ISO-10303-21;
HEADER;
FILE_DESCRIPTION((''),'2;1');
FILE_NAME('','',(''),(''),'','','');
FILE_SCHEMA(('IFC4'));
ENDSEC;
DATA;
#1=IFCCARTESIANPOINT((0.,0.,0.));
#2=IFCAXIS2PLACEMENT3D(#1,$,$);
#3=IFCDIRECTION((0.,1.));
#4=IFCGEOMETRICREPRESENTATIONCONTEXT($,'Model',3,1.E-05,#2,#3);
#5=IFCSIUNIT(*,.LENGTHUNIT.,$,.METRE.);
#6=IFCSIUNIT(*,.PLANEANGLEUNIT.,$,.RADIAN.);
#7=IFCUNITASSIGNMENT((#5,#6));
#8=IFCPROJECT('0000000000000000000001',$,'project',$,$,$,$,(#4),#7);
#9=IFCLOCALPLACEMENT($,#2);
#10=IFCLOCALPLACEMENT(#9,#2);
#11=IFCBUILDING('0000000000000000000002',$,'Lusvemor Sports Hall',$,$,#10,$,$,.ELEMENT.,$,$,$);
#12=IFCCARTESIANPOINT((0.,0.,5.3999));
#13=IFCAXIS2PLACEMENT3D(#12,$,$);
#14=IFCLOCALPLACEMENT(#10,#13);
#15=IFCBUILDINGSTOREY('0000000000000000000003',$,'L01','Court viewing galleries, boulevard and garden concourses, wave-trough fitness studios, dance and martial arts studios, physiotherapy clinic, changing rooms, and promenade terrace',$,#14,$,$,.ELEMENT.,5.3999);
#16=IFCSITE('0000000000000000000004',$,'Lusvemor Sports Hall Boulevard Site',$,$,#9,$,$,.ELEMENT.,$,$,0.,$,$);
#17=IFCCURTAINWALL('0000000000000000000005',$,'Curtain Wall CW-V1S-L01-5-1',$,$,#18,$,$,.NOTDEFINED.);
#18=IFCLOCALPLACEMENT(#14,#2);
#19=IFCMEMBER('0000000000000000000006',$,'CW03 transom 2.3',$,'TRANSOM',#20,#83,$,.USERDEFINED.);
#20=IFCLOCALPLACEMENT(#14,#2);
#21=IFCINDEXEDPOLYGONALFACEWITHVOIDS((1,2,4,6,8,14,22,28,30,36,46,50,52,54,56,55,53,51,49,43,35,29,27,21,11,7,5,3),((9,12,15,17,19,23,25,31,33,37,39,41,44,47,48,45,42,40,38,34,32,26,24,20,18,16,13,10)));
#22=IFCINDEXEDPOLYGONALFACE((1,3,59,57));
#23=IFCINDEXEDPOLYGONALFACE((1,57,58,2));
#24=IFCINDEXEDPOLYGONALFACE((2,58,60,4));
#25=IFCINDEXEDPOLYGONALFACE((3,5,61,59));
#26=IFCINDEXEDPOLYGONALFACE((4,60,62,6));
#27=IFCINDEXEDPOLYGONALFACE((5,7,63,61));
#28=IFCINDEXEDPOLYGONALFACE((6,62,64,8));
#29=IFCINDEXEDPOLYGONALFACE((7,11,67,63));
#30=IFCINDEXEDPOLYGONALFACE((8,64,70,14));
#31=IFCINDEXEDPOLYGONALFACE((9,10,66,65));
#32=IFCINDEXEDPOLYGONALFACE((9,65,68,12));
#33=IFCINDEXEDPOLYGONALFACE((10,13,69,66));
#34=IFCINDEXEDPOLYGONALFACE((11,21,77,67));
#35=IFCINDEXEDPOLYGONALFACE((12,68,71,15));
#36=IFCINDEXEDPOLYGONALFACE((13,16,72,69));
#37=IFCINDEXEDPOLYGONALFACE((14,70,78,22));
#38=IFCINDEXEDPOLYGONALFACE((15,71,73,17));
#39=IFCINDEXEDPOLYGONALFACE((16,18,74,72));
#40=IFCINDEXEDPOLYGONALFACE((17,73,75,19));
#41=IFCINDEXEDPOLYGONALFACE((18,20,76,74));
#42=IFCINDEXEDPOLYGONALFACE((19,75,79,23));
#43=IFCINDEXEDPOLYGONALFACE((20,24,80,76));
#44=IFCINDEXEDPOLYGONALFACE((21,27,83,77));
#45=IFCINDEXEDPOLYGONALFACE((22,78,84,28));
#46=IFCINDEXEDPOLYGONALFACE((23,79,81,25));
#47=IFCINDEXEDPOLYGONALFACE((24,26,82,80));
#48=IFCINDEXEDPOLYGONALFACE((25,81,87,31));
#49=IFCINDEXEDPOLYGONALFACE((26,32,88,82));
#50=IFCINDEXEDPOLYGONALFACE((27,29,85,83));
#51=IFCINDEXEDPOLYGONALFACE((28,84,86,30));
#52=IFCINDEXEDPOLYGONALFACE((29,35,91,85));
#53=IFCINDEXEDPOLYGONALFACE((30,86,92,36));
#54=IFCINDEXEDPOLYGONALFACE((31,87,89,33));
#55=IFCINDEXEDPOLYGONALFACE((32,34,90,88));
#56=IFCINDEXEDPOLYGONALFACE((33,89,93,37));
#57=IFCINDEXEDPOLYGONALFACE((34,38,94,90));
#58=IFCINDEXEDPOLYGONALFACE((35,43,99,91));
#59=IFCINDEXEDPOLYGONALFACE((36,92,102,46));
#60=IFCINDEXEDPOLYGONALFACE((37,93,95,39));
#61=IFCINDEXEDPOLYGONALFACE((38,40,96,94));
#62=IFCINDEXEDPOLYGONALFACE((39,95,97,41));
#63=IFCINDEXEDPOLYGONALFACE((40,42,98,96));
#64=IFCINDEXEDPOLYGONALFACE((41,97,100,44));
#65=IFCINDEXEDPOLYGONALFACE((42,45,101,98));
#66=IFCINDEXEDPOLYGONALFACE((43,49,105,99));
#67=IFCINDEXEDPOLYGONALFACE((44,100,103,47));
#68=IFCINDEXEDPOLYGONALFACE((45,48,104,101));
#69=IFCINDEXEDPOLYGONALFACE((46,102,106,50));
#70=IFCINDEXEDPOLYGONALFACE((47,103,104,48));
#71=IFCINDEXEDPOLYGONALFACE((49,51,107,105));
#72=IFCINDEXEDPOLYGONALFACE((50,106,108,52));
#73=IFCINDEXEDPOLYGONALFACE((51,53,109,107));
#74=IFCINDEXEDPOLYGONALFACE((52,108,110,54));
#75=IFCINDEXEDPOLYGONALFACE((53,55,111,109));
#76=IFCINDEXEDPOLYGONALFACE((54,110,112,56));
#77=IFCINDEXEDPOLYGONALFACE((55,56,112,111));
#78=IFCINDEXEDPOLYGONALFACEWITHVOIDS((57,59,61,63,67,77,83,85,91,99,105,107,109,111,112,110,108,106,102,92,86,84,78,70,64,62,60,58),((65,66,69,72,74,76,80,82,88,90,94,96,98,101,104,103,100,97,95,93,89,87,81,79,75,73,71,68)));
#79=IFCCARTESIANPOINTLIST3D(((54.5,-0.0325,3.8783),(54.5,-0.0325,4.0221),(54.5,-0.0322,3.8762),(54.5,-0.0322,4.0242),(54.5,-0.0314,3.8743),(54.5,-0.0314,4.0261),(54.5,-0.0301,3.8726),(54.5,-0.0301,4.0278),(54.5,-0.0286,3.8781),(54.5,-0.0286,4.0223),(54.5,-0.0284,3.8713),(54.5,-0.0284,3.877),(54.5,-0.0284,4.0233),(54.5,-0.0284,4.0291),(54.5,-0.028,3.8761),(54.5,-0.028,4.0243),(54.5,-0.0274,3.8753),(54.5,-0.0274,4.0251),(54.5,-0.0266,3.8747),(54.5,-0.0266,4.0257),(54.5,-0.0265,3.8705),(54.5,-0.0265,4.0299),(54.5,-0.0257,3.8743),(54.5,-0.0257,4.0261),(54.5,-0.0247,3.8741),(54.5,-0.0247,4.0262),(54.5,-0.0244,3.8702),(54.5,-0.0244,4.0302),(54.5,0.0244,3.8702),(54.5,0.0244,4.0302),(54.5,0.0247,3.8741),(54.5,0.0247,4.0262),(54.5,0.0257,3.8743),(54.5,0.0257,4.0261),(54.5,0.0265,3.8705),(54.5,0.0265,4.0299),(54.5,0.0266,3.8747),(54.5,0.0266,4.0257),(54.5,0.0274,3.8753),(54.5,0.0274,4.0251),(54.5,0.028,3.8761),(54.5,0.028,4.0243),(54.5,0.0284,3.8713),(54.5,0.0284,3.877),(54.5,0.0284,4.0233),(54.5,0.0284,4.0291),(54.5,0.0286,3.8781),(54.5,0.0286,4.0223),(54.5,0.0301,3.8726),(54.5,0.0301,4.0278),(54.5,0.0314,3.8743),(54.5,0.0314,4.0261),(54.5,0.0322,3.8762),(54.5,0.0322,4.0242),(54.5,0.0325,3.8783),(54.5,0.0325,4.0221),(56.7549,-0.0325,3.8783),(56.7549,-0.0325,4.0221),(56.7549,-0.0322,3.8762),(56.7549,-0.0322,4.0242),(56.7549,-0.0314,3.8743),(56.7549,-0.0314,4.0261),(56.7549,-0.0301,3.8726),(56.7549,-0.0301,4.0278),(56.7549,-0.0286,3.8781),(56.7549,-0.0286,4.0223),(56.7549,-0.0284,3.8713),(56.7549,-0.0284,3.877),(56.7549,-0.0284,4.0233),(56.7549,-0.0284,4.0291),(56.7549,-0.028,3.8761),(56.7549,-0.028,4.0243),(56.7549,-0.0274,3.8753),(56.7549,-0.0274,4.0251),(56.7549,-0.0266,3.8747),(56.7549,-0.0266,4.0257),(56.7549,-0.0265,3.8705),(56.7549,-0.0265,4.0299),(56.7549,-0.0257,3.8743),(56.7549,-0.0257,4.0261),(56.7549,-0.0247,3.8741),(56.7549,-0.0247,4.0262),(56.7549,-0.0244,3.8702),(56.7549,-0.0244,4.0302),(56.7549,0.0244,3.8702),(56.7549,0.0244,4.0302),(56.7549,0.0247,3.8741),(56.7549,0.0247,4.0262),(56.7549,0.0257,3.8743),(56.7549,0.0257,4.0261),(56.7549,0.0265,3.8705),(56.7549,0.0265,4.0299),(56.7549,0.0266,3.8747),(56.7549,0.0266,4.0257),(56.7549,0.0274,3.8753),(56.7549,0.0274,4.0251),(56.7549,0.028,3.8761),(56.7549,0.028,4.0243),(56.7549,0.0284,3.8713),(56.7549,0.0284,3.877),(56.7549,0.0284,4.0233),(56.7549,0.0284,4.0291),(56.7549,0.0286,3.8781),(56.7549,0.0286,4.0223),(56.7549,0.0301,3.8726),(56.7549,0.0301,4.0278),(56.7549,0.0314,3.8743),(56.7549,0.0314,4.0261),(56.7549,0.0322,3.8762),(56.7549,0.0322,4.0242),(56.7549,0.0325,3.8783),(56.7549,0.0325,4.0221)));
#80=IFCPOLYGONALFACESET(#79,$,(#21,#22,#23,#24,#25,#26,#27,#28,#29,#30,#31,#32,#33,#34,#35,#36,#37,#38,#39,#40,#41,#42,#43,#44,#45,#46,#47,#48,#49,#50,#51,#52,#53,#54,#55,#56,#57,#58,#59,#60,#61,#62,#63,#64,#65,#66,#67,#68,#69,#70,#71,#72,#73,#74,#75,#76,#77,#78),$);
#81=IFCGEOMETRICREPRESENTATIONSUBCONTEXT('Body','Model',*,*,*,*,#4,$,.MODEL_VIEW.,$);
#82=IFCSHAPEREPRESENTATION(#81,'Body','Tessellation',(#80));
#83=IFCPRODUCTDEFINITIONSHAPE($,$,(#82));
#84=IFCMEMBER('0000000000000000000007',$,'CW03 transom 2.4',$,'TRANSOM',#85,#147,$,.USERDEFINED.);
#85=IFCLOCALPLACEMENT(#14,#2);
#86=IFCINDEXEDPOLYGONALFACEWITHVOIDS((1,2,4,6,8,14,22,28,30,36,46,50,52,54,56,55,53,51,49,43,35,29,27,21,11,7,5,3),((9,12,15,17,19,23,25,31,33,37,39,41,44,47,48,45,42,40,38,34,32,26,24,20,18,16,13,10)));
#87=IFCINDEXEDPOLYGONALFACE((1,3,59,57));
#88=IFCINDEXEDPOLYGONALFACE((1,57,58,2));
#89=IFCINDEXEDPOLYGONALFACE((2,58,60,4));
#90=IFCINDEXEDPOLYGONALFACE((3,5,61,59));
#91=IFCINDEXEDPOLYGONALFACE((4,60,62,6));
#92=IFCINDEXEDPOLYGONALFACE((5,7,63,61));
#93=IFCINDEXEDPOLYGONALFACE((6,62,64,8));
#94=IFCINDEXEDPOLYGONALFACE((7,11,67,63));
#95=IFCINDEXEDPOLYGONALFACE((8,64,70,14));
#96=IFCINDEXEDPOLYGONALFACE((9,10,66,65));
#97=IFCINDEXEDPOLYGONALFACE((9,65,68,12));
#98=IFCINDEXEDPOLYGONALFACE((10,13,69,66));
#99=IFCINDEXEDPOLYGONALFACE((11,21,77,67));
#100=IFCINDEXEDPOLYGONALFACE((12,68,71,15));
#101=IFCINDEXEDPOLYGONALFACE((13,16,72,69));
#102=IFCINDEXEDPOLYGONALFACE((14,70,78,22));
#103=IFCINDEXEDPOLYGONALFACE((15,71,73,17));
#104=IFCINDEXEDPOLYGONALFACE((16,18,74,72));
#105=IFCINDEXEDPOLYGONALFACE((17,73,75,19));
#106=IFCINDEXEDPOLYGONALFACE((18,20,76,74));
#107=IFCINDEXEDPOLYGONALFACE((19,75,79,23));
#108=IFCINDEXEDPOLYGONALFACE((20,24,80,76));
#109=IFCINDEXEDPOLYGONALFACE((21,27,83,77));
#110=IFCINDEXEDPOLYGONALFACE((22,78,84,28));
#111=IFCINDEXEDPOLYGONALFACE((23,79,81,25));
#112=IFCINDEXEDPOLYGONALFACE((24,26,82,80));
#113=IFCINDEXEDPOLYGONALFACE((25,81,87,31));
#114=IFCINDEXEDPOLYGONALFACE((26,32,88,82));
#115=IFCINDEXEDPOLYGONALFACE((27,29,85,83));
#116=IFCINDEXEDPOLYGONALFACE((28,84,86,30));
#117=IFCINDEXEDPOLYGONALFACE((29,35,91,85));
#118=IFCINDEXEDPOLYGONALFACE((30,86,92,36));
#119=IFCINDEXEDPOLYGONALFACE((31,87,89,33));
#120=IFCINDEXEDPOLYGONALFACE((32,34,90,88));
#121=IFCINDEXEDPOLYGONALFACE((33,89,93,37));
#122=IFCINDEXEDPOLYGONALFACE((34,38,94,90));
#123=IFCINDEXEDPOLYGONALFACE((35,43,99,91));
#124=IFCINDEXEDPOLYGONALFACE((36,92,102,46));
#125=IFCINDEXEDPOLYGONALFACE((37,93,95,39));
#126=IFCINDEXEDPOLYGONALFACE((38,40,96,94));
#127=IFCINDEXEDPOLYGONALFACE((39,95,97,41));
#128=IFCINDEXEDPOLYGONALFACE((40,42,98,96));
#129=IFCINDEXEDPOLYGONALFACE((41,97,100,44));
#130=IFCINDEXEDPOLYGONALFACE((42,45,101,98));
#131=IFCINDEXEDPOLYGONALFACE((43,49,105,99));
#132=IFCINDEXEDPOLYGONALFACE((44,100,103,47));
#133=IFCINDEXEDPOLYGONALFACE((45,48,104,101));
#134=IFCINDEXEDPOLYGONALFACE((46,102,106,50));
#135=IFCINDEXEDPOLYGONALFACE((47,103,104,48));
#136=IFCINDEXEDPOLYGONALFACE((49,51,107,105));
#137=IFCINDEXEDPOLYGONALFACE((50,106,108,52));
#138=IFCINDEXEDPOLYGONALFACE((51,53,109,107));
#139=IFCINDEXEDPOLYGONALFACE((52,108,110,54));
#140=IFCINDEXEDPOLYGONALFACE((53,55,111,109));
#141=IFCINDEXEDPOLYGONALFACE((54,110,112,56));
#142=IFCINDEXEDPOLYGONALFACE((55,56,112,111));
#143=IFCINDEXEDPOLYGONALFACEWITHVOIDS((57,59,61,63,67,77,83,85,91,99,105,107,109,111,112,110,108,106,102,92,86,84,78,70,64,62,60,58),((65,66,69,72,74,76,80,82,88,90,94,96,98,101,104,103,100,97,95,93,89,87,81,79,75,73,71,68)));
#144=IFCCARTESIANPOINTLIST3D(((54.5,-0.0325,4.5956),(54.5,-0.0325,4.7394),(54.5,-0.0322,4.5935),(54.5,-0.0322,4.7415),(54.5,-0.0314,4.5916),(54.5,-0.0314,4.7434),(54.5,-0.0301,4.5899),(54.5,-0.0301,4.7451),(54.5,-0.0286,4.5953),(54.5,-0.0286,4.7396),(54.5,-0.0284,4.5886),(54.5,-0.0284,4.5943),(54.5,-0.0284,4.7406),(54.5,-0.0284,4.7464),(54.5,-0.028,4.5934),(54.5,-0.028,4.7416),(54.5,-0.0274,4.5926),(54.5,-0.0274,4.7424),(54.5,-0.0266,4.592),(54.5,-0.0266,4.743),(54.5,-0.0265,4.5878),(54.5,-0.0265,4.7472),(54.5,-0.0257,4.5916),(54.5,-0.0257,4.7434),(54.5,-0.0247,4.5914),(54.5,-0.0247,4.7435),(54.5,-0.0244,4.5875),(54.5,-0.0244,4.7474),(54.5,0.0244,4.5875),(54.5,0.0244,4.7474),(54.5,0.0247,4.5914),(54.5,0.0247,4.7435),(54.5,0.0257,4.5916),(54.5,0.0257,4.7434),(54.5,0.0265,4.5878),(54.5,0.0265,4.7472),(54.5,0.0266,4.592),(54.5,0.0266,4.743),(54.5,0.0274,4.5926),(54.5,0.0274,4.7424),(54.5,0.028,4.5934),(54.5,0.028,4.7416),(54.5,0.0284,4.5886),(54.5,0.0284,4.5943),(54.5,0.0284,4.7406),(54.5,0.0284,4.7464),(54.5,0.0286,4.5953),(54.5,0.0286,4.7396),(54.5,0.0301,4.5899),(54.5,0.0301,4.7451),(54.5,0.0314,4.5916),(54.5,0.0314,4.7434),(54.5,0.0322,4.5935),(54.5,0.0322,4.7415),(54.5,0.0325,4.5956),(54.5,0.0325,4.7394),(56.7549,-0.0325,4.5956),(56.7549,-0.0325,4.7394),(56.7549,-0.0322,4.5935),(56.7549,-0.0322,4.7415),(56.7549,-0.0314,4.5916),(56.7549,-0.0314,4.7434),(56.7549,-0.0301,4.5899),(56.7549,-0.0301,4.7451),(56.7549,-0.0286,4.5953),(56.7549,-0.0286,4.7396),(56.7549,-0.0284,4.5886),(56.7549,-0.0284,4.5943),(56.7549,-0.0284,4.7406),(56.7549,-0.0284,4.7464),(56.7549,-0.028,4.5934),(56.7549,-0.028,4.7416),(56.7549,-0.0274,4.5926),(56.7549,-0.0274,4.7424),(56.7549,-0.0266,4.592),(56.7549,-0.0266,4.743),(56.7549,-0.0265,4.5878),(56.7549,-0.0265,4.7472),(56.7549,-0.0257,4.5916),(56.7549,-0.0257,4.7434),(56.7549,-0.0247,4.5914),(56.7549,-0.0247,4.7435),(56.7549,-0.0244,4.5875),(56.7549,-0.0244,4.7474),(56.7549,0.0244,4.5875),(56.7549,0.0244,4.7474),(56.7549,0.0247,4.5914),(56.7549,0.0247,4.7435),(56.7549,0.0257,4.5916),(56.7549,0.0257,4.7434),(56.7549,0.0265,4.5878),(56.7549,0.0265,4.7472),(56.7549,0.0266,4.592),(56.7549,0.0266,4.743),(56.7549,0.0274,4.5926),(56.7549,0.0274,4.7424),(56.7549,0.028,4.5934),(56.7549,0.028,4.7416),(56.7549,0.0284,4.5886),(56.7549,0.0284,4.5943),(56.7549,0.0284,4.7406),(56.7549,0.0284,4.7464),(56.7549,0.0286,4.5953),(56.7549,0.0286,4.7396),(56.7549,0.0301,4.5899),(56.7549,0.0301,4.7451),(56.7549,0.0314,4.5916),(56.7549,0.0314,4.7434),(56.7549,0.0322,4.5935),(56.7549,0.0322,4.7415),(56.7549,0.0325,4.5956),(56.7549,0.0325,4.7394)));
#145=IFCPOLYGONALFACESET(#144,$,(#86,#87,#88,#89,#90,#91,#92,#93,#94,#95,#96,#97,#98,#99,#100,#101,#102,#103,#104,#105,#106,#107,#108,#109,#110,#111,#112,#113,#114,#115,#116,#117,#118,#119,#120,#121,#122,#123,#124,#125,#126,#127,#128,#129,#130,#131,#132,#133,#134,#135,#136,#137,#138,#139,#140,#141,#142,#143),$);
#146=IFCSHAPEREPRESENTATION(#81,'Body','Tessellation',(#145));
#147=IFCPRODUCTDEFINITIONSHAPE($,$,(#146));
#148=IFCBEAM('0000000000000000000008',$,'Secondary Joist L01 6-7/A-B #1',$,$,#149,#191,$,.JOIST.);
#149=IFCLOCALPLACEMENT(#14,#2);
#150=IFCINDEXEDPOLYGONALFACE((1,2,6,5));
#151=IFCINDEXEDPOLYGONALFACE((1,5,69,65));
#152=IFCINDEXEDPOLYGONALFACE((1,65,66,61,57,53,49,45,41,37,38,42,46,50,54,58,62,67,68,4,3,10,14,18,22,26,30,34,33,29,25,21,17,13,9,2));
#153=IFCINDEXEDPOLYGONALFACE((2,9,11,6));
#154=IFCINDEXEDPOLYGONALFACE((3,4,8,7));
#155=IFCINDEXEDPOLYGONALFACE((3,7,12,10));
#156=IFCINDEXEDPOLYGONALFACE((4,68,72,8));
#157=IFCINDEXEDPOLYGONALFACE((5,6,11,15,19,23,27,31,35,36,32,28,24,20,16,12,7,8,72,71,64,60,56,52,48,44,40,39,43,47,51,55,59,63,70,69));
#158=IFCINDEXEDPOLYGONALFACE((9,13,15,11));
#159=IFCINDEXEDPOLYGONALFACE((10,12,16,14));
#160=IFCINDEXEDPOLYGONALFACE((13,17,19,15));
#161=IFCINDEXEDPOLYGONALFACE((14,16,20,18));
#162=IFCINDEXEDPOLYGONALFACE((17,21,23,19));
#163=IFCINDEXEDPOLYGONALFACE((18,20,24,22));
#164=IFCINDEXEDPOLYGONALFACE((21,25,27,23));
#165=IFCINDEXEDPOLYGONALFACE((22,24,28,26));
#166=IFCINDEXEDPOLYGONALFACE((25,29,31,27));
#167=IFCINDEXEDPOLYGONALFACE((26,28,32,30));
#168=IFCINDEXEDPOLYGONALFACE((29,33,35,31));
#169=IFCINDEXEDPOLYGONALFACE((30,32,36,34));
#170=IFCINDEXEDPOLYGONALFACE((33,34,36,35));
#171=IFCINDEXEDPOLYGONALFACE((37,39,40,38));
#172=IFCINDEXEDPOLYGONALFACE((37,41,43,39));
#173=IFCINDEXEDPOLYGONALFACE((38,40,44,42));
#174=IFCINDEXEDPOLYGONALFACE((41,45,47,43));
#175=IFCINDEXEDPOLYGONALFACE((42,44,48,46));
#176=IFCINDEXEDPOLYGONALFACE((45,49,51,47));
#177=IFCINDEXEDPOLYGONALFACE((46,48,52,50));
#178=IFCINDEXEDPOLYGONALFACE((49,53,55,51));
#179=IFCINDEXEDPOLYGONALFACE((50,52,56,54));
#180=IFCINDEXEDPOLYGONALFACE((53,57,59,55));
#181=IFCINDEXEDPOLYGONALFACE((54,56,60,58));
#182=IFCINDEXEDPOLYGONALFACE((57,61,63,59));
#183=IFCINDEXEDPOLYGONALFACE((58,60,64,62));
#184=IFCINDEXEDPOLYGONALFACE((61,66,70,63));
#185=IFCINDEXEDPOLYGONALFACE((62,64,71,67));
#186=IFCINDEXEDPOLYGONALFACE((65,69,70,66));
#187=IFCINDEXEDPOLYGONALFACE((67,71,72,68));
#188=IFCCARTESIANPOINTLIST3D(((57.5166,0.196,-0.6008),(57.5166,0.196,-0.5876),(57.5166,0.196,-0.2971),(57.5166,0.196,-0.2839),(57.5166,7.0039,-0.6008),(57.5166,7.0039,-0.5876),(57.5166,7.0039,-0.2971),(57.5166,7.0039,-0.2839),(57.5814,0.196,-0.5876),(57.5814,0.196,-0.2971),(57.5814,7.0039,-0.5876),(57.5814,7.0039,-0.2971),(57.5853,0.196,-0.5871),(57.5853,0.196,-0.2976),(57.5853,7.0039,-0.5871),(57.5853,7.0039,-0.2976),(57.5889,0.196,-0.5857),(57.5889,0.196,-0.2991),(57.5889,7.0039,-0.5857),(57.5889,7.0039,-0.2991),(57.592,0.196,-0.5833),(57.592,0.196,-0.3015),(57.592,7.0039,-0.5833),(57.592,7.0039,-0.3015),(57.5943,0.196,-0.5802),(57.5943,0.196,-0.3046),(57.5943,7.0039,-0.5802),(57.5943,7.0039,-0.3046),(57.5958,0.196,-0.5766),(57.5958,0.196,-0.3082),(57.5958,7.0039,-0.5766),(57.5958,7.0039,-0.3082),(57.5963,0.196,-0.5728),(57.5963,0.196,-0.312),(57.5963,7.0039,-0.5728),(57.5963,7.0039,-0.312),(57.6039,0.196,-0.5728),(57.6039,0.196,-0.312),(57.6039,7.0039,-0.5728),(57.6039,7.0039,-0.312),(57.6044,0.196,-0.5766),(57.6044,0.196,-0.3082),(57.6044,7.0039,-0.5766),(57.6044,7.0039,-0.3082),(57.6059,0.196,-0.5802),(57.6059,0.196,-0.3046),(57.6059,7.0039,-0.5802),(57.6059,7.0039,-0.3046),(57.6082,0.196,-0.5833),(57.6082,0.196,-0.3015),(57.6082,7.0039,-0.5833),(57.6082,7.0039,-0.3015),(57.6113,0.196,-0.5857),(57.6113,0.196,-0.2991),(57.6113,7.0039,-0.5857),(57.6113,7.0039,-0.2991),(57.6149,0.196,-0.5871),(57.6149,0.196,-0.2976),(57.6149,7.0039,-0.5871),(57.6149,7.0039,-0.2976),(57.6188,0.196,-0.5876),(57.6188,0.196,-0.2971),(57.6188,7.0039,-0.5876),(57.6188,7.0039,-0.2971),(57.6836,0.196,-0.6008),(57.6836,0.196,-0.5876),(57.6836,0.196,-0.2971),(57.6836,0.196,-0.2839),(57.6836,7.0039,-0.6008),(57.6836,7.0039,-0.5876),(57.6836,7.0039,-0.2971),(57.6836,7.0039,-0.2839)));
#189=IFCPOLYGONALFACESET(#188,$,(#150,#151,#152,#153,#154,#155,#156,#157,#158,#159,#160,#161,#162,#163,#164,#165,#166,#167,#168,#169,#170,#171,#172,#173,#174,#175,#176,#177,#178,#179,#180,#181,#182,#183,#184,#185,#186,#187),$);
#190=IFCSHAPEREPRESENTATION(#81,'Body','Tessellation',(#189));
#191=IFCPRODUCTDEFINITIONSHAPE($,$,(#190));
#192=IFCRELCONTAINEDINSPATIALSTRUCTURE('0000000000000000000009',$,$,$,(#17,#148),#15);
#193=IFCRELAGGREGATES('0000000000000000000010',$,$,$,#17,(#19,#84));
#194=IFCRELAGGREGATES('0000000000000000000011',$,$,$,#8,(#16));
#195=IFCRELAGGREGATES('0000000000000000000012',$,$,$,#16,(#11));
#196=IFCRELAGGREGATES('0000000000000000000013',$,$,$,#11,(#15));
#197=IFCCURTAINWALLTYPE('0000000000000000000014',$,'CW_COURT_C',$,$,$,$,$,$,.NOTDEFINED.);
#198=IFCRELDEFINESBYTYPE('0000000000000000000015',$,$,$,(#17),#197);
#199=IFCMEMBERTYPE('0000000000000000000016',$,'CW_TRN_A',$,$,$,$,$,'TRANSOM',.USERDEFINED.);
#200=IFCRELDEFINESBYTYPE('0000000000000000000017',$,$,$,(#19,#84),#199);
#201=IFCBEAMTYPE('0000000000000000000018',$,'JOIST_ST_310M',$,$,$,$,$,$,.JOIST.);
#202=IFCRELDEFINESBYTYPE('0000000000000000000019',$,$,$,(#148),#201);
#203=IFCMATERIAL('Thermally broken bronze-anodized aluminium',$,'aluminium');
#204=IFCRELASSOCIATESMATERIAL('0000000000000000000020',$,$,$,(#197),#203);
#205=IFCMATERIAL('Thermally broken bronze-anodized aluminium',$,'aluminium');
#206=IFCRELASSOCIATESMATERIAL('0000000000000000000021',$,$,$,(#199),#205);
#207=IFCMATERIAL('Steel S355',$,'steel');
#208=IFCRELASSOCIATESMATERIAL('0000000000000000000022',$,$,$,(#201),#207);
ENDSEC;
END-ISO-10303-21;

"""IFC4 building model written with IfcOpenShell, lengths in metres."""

from ifc_helpers import new_model, si_unit, direction, frame, origin, origin_2d, place, context, subcontext, project, spatial, hollow_rectangle, i_section, extrude, material, material_profile, profile_set, type_object, element, aggregate, save


model = new_model("IFC4")

# Units and contexts
model_context = context("Model", 3, precision=1e-05, world=origin(), true_north=direction((0.0, 1.0)))
body_context = subcontext(model_context, "Body", "Model", "MODEL_VIEW")
ifc_project = project(units=[si_unit("LENGTHUNIT", "METRE"), si_unit("PLANEANGLEUNIT", "RADIAN")], contexts=[model_context])

# Site, building, storey
site_placement = place(None, origin())
site = spatial("IfcSite", under=ifc_project, at=site_placement, Name="Lusvemor Sports Hall Boulevard Site", CompositionType="ELEMENT", RefElevation=0.0)
building_placement = place(site_placement, origin())
building = spatial("IfcBuilding", under=site, at=building_placement, Name="Lusvemor Sports Hall", CompositionType="ELEMENT")
storey_placement = place(building_placement, frame((0.0, 0.0, 5.3999)))
storey = spatial("IfcBuildingStorey", under=building, at=storey_placement, Name="L01", Description="Court viewing galleries, boulevard and garden concourses, wave-trough fitness studios, dance and martial arts studios, physiotherapy clinic, changing rooms, and promenade terrace", CompositionType="ELEMENT", Elevation=5.3999)

# Curtain wall, members
ifc_material_1 = material(Name="Thermally broken bronze-anodized aluminium", Category="aluminium")
curtain_wall_type = type_object("IfcCurtainWallType", Name="CW_COURT_C", PredefinedType="NOTDEFINED", material=ifc_material_1)
curtain_wall_placement = place(storey_placement, origin())
curtain_wall = element("IfcCurtainWall", 1, at=curtain_wall_placement, inside=storey, type_object=curtain_wall_type, Name="Curtain Wall CW-V1S-L01-5-1", PredefinedType="NOTDEFINED")
ifc_material_2 = material(Name="Thermally broken bronze-anodized aluminium", Category="aluminium")
ifc_material_profile_1 = material_profile(ifc_material_2, hollow_rectangle(XDim=0.0649, YDim=0.1599, WallThickness=0.0039, InnerFilletRadius=0.0039, OuterFilletRadius=0.0081, at=origin_2d()), Name="CWTRN160x65x4")
ifc_profile_set_1 = profile_set([ifc_material_profile_1], Name="Thermally broken bronze-anodized aluminium")
member_type_1 = type_object("IfcMemberType", Name="CW_TRN_A", ElementType="TRANSOM", PredefinedType="USERDEFINED", material=ifc_profile_set_1)
member_1_placement = place(storey_placement, frame((56.7549, 0.0, 3.9502), z_axis=(-1.0, 0.0, 0.0), x_axis=(0.0, -1.0, 0.0)))
member_1 = element("IfcMember", 2, at=member_1_placement, type_object=member_type_1, Name="CW03 transom 2.3", ObjectType="TRANSOM", PredefinedType="USERDEFINED", context=body_context, shape_type="SweptSolid", body=[
    extrude(hollow_rectangle(XDim=0.0649, YDim=0.1599, WallThickness=0.0039, InnerFilletRadius=0.0039, OuterFilletRadius=0.0081, at=origin_2d()), origin(), (0.0, 0.0, 1.0), 2.2549),
])
member_2_placement = place(storey_placement, frame((56.7549, 0.0, 4.6675), z_axis=(-1.0, 0.0, 0.0), x_axis=(0.0, -1.0, 0.0)))
member_2 = element("IfcMember", 3, at=member_2_placement, type_object=member_type_1, Name="CW03 transom 2.4", ObjectType="TRANSOM", PredefinedType="USERDEFINED", context=body_context, shape_type="SweptSolid", body=[
    extrude(hollow_rectangle(XDim=0.0649, YDim=0.1599, WallThickness=0.0039, InnerFilletRadius=0.0039, OuterFilletRadius=0.0081, at=origin_2d()), origin(), (0.0, 0.0, 1.0), 2.2549),
])

# Beam
ifc_material_3 = material(Name="Steel S355", Category="steel")
ifc_material_profile_2 = material_profile(ifc_material_3, i_section(OverallWidth=0.167, OverallDepth=0.3169, WebThickness=0.0076, FlangeThickness=0.0132, FilletRadius=0.0149, at=origin_2d()), Name="W310x52.0")
ifc_profile_set_2 = profile_set([ifc_material_profile_2], Name="Steel S355")
beam_type_1 = type_object("IfcBeamType", Name="JOIST_ST_310M", PredefinedType="JOIST", material=ifc_profile_set_2)
beam_1_placement = place(storey_placement, frame((57.6001, 0.196, -0.4424), z_axis=(0.0, 1.0, 0.0), x_axis=(-1.0, 0.0, 0.0)))
element("IfcBeam", 4, at=beam_1_placement, inside=storey, type_object=beam_type_1, Name="Secondary Joist L01 6-7/A-B #1", PredefinedType="JOIST", context=body_context, shape_type="SweptSolid", body=[
    extrude(i_section(OverallWidth=0.167, OverallDepth=0.3169, WebThickness=0.0076, FlangeThickness=0.0132, FilletRadius=0.0149, at=origin_2d()), origin(), (0.0, 0.0, 1.0), 6.8079),
])

aggregate(curtain_wall, [member_1, member_2])

save(model, "model.ifc")
